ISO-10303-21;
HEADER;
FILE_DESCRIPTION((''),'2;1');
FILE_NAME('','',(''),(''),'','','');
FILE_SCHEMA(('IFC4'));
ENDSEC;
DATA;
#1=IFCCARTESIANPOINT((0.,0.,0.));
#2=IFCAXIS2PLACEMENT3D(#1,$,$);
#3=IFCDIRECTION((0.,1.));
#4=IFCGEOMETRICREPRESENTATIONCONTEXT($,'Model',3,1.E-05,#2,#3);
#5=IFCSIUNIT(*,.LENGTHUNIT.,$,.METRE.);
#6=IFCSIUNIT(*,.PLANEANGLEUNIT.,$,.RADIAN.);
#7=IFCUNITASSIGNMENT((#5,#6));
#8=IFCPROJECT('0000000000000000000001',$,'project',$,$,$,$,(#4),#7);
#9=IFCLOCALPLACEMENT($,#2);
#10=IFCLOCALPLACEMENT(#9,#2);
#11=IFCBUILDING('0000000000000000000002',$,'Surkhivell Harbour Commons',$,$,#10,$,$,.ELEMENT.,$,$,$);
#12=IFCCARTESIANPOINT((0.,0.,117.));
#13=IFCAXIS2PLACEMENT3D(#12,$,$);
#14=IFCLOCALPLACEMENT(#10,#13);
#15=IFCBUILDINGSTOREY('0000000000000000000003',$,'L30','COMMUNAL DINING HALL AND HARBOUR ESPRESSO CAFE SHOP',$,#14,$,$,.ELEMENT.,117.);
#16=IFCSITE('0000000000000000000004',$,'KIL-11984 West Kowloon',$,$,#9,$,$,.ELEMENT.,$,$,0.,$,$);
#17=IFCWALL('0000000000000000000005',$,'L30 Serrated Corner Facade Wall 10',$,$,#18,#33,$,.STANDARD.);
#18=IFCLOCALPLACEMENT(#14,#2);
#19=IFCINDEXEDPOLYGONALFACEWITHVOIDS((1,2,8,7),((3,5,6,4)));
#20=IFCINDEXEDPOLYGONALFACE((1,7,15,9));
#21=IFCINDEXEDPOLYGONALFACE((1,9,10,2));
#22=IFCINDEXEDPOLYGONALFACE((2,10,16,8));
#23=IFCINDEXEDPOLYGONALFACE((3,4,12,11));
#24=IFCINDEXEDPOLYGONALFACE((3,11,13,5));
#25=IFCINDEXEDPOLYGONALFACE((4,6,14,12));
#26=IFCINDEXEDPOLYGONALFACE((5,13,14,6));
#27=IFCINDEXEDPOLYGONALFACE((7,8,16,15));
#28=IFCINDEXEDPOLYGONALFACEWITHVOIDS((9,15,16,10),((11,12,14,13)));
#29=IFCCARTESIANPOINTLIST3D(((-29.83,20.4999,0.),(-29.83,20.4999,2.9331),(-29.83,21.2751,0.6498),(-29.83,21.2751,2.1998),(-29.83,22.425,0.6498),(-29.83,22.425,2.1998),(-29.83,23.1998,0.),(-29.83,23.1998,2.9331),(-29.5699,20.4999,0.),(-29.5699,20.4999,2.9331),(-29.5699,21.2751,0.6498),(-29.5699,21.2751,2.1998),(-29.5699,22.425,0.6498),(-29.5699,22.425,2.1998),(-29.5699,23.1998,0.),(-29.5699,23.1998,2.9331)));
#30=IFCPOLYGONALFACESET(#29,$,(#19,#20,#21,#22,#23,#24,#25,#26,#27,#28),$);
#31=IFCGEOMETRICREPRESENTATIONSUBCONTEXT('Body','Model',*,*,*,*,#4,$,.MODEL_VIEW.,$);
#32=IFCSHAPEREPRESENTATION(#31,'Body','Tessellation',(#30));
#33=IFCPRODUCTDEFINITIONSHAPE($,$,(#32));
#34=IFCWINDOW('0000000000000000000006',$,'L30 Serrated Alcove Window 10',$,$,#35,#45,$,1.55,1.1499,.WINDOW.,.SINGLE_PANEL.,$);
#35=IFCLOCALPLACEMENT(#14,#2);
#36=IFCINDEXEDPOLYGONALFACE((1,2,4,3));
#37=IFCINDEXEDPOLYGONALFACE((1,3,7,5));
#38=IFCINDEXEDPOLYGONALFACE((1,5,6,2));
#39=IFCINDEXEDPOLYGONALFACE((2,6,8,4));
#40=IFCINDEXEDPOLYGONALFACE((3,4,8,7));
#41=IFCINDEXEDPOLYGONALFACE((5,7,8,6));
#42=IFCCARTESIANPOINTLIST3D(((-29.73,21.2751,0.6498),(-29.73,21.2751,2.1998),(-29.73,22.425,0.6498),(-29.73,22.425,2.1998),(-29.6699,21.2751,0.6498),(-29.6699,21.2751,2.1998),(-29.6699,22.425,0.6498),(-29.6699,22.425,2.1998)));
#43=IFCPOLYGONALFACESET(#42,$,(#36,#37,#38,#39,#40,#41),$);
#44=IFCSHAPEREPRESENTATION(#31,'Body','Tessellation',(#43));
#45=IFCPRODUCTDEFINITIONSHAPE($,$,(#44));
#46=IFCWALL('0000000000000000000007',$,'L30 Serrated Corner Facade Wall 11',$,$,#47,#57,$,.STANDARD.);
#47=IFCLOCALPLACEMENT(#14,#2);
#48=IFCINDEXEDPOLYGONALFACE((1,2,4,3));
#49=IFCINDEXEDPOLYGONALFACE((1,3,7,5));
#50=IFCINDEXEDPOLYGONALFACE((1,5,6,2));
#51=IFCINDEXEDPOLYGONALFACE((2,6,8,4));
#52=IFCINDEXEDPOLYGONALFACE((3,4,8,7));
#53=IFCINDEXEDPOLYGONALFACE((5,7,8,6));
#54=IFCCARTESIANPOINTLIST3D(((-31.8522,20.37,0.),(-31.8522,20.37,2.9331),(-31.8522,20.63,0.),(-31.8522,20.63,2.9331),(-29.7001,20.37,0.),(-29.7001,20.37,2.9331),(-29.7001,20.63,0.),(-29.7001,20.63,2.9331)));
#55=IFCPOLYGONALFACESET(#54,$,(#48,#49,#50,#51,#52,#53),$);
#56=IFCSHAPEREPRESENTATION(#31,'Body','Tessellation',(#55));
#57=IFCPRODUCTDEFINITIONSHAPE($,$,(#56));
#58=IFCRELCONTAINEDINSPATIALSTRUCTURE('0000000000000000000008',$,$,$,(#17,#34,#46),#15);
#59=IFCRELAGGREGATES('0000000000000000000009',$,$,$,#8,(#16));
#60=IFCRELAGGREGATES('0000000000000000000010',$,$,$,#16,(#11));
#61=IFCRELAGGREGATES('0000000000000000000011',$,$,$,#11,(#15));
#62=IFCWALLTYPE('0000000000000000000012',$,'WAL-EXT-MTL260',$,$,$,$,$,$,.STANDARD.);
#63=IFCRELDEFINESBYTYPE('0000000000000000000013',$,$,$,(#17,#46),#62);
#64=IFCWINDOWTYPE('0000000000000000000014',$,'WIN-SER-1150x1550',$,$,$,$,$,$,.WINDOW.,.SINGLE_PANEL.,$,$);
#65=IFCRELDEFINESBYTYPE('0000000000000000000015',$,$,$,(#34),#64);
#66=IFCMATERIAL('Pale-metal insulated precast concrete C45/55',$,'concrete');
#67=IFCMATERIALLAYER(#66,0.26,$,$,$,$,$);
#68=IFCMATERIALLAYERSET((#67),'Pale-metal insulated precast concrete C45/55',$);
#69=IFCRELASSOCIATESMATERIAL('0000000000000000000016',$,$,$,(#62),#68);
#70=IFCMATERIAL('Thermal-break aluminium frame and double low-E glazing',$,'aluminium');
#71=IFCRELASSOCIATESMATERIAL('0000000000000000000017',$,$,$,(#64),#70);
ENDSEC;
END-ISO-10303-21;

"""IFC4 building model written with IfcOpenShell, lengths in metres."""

from ifc_helpers import new_model, si_unit, direction, frame, frame_2d, origin, place, context, subcontext, project, spatial, rectangle, extrude, material, layer, layer_set, type_object, element, fill, save


model = new_model("IFC4")

# Units and contexts
model_context = context("Model", 3, precision=1e-05, world=origin(), true_north=direction((0.0, 1.0)))
body_context = subcontext(model_context, "Body", "Model", "MODEL_VIEW")
ifc_project = project(units=[si_unit("LENGTHUNIT", "METRE"), si_unit("PLANEANGLEUNIT", "RADIAN")], contexts=[model_context])

# Site, building, storey
site_placement = place(None, origin())
site = spatial("IfcSite", under=ifc_project, at=site_placement, Name="KIL-11984 West Kowloon", CompositionType="ELEMENT", RefElevation=0.0)
building_placement = place(site_placement, origin())
building = spatial("IfcBuilding", under=site, at=building_placement, Name="Surkhivell Harbour Commons", CompositionType="ELEMENT")
storey_placement = place(building_placement, frame((0.0, 0.0, 117.0)))
storey = spatial("IfcBuildingStorey", under=building, at=storey_placement, Name="L30", Description="COMMUNAL DINING HALL AND HARBOUR ESPRESSO CAFE SHOP", CompositionType="ELEMENT", Elevation=117.0)

# Shared definitions
ifc_material_1 = material(Name="Pale-metal insulated precast concrete C45/55", Category="concrete")
ifc_layer_1 = layer(ifc_material_1, 0.26)
ifc_layer_set_1 = layer_set([ifc_layer_1], Name="Pale-metal insulated precast concrete C45/55")
wall_type = type_object("IfcWallType", Name="WAL-EXT-MTL260", PredefinedType="STANDARD", material=ifc_layer_set_1)

# Wall, opening, window
wall_1_placement = place(storey_placement, frame((-29.7, 23.2, 0.0), z_axis=(0.0, 0.0, 1.0), x_axis=(0.0, -1.0, 0.0)))
wall_1 = element("IfcWall", 1, at=wall_1_placement, inside=storey, type_object=wall_type, Name="L30 Serrated Corner Facade Wall 10", PredefinedType="STANDARD", context=body_context, shape_type="SweptSolid", body=[
    extrude(rectangle(XDim=2.7, YDim=0.26, at=frame_2d((1.3501, 0.0))), origin(), (0.0, 0.0, 1.0), 2.9331),
])
opening_placement = place(wall_1_placement, frame((0.7749, 0.0, 0.6499)))
opening = element("IfcOpeningElement", 2, at=opening_placement, cuts=wall_1, PredefinedType="OPENING", context=body_context, shape_type="SweptSolid", body=[
    extrude(rectangle(XDim=1.1499, YDim=1.55, at=frame_2d((0.575, 0.7749))), frame((0.0, 0.1399, 0.0), z_axis=(0.0, -1.0, 0.0), x_axis=(1.0, 0.0, 0.0)), (0.0, 0.0, 1.0), 0.28),
])
ifc_material_2 = material(Name="Thermal-break aluminium frame and double low-E glazing", Category="aluminium")
window_type = type_object("IfcWindowType", Name="WIN-SER-1150x1550", PartitioningType="SINGLE_PANEL", PredefinedType="WINDOW", material=ifc_material_2)
window_placement = place(opening_placement, origin())
window = element("IfcWindow", 3, at=window_placement, inside=storey, type_object=window_type, Name="L30 Serrated Alcove Window 10", OverallHeight=1.55, OverallWidth=1.1499, PartitioningType="SINGLE_PANEL", PredefinedType="WINDOW", context=body_context, shape_type="SweptSolid", body=[
    extrude(rectangle(XDim=1.1499, YDim=1.55, at=frame_2d((0.575, 0.7749))), frame((0.0, 0.03, 0.0), z_axis=(0.0, -1.0, 0.0), x_axis=(1.0, 0.0, 0.0)), (0.0, 0.0, 1.0), 0.0601),
])
fill(opening, window)

# Wall
wall_2_placement = place(storey_placement, frame((-29.7, 20.5, 0.0), z_axis=(0.0, 0.0, 1.0), x_axis=(-1.0, 0.0, 0.0)))
element("IfcWall", 4, at=wall_2_placement, inside=storey, type_object=wall_type, Name="L30 Serrated Corner Facade Wall 11", PredefinedType="STANDARD", context=body_context, shape_type="SweptSolid", body=[
    extrude(rectangle(XDim=2.1521, YDim=0.26, at=frame_2d((1.0762, 0.0))), origin(), (0.0, 0.0, 1.0), 2.9331),
])

save(model, "model.ifc")
